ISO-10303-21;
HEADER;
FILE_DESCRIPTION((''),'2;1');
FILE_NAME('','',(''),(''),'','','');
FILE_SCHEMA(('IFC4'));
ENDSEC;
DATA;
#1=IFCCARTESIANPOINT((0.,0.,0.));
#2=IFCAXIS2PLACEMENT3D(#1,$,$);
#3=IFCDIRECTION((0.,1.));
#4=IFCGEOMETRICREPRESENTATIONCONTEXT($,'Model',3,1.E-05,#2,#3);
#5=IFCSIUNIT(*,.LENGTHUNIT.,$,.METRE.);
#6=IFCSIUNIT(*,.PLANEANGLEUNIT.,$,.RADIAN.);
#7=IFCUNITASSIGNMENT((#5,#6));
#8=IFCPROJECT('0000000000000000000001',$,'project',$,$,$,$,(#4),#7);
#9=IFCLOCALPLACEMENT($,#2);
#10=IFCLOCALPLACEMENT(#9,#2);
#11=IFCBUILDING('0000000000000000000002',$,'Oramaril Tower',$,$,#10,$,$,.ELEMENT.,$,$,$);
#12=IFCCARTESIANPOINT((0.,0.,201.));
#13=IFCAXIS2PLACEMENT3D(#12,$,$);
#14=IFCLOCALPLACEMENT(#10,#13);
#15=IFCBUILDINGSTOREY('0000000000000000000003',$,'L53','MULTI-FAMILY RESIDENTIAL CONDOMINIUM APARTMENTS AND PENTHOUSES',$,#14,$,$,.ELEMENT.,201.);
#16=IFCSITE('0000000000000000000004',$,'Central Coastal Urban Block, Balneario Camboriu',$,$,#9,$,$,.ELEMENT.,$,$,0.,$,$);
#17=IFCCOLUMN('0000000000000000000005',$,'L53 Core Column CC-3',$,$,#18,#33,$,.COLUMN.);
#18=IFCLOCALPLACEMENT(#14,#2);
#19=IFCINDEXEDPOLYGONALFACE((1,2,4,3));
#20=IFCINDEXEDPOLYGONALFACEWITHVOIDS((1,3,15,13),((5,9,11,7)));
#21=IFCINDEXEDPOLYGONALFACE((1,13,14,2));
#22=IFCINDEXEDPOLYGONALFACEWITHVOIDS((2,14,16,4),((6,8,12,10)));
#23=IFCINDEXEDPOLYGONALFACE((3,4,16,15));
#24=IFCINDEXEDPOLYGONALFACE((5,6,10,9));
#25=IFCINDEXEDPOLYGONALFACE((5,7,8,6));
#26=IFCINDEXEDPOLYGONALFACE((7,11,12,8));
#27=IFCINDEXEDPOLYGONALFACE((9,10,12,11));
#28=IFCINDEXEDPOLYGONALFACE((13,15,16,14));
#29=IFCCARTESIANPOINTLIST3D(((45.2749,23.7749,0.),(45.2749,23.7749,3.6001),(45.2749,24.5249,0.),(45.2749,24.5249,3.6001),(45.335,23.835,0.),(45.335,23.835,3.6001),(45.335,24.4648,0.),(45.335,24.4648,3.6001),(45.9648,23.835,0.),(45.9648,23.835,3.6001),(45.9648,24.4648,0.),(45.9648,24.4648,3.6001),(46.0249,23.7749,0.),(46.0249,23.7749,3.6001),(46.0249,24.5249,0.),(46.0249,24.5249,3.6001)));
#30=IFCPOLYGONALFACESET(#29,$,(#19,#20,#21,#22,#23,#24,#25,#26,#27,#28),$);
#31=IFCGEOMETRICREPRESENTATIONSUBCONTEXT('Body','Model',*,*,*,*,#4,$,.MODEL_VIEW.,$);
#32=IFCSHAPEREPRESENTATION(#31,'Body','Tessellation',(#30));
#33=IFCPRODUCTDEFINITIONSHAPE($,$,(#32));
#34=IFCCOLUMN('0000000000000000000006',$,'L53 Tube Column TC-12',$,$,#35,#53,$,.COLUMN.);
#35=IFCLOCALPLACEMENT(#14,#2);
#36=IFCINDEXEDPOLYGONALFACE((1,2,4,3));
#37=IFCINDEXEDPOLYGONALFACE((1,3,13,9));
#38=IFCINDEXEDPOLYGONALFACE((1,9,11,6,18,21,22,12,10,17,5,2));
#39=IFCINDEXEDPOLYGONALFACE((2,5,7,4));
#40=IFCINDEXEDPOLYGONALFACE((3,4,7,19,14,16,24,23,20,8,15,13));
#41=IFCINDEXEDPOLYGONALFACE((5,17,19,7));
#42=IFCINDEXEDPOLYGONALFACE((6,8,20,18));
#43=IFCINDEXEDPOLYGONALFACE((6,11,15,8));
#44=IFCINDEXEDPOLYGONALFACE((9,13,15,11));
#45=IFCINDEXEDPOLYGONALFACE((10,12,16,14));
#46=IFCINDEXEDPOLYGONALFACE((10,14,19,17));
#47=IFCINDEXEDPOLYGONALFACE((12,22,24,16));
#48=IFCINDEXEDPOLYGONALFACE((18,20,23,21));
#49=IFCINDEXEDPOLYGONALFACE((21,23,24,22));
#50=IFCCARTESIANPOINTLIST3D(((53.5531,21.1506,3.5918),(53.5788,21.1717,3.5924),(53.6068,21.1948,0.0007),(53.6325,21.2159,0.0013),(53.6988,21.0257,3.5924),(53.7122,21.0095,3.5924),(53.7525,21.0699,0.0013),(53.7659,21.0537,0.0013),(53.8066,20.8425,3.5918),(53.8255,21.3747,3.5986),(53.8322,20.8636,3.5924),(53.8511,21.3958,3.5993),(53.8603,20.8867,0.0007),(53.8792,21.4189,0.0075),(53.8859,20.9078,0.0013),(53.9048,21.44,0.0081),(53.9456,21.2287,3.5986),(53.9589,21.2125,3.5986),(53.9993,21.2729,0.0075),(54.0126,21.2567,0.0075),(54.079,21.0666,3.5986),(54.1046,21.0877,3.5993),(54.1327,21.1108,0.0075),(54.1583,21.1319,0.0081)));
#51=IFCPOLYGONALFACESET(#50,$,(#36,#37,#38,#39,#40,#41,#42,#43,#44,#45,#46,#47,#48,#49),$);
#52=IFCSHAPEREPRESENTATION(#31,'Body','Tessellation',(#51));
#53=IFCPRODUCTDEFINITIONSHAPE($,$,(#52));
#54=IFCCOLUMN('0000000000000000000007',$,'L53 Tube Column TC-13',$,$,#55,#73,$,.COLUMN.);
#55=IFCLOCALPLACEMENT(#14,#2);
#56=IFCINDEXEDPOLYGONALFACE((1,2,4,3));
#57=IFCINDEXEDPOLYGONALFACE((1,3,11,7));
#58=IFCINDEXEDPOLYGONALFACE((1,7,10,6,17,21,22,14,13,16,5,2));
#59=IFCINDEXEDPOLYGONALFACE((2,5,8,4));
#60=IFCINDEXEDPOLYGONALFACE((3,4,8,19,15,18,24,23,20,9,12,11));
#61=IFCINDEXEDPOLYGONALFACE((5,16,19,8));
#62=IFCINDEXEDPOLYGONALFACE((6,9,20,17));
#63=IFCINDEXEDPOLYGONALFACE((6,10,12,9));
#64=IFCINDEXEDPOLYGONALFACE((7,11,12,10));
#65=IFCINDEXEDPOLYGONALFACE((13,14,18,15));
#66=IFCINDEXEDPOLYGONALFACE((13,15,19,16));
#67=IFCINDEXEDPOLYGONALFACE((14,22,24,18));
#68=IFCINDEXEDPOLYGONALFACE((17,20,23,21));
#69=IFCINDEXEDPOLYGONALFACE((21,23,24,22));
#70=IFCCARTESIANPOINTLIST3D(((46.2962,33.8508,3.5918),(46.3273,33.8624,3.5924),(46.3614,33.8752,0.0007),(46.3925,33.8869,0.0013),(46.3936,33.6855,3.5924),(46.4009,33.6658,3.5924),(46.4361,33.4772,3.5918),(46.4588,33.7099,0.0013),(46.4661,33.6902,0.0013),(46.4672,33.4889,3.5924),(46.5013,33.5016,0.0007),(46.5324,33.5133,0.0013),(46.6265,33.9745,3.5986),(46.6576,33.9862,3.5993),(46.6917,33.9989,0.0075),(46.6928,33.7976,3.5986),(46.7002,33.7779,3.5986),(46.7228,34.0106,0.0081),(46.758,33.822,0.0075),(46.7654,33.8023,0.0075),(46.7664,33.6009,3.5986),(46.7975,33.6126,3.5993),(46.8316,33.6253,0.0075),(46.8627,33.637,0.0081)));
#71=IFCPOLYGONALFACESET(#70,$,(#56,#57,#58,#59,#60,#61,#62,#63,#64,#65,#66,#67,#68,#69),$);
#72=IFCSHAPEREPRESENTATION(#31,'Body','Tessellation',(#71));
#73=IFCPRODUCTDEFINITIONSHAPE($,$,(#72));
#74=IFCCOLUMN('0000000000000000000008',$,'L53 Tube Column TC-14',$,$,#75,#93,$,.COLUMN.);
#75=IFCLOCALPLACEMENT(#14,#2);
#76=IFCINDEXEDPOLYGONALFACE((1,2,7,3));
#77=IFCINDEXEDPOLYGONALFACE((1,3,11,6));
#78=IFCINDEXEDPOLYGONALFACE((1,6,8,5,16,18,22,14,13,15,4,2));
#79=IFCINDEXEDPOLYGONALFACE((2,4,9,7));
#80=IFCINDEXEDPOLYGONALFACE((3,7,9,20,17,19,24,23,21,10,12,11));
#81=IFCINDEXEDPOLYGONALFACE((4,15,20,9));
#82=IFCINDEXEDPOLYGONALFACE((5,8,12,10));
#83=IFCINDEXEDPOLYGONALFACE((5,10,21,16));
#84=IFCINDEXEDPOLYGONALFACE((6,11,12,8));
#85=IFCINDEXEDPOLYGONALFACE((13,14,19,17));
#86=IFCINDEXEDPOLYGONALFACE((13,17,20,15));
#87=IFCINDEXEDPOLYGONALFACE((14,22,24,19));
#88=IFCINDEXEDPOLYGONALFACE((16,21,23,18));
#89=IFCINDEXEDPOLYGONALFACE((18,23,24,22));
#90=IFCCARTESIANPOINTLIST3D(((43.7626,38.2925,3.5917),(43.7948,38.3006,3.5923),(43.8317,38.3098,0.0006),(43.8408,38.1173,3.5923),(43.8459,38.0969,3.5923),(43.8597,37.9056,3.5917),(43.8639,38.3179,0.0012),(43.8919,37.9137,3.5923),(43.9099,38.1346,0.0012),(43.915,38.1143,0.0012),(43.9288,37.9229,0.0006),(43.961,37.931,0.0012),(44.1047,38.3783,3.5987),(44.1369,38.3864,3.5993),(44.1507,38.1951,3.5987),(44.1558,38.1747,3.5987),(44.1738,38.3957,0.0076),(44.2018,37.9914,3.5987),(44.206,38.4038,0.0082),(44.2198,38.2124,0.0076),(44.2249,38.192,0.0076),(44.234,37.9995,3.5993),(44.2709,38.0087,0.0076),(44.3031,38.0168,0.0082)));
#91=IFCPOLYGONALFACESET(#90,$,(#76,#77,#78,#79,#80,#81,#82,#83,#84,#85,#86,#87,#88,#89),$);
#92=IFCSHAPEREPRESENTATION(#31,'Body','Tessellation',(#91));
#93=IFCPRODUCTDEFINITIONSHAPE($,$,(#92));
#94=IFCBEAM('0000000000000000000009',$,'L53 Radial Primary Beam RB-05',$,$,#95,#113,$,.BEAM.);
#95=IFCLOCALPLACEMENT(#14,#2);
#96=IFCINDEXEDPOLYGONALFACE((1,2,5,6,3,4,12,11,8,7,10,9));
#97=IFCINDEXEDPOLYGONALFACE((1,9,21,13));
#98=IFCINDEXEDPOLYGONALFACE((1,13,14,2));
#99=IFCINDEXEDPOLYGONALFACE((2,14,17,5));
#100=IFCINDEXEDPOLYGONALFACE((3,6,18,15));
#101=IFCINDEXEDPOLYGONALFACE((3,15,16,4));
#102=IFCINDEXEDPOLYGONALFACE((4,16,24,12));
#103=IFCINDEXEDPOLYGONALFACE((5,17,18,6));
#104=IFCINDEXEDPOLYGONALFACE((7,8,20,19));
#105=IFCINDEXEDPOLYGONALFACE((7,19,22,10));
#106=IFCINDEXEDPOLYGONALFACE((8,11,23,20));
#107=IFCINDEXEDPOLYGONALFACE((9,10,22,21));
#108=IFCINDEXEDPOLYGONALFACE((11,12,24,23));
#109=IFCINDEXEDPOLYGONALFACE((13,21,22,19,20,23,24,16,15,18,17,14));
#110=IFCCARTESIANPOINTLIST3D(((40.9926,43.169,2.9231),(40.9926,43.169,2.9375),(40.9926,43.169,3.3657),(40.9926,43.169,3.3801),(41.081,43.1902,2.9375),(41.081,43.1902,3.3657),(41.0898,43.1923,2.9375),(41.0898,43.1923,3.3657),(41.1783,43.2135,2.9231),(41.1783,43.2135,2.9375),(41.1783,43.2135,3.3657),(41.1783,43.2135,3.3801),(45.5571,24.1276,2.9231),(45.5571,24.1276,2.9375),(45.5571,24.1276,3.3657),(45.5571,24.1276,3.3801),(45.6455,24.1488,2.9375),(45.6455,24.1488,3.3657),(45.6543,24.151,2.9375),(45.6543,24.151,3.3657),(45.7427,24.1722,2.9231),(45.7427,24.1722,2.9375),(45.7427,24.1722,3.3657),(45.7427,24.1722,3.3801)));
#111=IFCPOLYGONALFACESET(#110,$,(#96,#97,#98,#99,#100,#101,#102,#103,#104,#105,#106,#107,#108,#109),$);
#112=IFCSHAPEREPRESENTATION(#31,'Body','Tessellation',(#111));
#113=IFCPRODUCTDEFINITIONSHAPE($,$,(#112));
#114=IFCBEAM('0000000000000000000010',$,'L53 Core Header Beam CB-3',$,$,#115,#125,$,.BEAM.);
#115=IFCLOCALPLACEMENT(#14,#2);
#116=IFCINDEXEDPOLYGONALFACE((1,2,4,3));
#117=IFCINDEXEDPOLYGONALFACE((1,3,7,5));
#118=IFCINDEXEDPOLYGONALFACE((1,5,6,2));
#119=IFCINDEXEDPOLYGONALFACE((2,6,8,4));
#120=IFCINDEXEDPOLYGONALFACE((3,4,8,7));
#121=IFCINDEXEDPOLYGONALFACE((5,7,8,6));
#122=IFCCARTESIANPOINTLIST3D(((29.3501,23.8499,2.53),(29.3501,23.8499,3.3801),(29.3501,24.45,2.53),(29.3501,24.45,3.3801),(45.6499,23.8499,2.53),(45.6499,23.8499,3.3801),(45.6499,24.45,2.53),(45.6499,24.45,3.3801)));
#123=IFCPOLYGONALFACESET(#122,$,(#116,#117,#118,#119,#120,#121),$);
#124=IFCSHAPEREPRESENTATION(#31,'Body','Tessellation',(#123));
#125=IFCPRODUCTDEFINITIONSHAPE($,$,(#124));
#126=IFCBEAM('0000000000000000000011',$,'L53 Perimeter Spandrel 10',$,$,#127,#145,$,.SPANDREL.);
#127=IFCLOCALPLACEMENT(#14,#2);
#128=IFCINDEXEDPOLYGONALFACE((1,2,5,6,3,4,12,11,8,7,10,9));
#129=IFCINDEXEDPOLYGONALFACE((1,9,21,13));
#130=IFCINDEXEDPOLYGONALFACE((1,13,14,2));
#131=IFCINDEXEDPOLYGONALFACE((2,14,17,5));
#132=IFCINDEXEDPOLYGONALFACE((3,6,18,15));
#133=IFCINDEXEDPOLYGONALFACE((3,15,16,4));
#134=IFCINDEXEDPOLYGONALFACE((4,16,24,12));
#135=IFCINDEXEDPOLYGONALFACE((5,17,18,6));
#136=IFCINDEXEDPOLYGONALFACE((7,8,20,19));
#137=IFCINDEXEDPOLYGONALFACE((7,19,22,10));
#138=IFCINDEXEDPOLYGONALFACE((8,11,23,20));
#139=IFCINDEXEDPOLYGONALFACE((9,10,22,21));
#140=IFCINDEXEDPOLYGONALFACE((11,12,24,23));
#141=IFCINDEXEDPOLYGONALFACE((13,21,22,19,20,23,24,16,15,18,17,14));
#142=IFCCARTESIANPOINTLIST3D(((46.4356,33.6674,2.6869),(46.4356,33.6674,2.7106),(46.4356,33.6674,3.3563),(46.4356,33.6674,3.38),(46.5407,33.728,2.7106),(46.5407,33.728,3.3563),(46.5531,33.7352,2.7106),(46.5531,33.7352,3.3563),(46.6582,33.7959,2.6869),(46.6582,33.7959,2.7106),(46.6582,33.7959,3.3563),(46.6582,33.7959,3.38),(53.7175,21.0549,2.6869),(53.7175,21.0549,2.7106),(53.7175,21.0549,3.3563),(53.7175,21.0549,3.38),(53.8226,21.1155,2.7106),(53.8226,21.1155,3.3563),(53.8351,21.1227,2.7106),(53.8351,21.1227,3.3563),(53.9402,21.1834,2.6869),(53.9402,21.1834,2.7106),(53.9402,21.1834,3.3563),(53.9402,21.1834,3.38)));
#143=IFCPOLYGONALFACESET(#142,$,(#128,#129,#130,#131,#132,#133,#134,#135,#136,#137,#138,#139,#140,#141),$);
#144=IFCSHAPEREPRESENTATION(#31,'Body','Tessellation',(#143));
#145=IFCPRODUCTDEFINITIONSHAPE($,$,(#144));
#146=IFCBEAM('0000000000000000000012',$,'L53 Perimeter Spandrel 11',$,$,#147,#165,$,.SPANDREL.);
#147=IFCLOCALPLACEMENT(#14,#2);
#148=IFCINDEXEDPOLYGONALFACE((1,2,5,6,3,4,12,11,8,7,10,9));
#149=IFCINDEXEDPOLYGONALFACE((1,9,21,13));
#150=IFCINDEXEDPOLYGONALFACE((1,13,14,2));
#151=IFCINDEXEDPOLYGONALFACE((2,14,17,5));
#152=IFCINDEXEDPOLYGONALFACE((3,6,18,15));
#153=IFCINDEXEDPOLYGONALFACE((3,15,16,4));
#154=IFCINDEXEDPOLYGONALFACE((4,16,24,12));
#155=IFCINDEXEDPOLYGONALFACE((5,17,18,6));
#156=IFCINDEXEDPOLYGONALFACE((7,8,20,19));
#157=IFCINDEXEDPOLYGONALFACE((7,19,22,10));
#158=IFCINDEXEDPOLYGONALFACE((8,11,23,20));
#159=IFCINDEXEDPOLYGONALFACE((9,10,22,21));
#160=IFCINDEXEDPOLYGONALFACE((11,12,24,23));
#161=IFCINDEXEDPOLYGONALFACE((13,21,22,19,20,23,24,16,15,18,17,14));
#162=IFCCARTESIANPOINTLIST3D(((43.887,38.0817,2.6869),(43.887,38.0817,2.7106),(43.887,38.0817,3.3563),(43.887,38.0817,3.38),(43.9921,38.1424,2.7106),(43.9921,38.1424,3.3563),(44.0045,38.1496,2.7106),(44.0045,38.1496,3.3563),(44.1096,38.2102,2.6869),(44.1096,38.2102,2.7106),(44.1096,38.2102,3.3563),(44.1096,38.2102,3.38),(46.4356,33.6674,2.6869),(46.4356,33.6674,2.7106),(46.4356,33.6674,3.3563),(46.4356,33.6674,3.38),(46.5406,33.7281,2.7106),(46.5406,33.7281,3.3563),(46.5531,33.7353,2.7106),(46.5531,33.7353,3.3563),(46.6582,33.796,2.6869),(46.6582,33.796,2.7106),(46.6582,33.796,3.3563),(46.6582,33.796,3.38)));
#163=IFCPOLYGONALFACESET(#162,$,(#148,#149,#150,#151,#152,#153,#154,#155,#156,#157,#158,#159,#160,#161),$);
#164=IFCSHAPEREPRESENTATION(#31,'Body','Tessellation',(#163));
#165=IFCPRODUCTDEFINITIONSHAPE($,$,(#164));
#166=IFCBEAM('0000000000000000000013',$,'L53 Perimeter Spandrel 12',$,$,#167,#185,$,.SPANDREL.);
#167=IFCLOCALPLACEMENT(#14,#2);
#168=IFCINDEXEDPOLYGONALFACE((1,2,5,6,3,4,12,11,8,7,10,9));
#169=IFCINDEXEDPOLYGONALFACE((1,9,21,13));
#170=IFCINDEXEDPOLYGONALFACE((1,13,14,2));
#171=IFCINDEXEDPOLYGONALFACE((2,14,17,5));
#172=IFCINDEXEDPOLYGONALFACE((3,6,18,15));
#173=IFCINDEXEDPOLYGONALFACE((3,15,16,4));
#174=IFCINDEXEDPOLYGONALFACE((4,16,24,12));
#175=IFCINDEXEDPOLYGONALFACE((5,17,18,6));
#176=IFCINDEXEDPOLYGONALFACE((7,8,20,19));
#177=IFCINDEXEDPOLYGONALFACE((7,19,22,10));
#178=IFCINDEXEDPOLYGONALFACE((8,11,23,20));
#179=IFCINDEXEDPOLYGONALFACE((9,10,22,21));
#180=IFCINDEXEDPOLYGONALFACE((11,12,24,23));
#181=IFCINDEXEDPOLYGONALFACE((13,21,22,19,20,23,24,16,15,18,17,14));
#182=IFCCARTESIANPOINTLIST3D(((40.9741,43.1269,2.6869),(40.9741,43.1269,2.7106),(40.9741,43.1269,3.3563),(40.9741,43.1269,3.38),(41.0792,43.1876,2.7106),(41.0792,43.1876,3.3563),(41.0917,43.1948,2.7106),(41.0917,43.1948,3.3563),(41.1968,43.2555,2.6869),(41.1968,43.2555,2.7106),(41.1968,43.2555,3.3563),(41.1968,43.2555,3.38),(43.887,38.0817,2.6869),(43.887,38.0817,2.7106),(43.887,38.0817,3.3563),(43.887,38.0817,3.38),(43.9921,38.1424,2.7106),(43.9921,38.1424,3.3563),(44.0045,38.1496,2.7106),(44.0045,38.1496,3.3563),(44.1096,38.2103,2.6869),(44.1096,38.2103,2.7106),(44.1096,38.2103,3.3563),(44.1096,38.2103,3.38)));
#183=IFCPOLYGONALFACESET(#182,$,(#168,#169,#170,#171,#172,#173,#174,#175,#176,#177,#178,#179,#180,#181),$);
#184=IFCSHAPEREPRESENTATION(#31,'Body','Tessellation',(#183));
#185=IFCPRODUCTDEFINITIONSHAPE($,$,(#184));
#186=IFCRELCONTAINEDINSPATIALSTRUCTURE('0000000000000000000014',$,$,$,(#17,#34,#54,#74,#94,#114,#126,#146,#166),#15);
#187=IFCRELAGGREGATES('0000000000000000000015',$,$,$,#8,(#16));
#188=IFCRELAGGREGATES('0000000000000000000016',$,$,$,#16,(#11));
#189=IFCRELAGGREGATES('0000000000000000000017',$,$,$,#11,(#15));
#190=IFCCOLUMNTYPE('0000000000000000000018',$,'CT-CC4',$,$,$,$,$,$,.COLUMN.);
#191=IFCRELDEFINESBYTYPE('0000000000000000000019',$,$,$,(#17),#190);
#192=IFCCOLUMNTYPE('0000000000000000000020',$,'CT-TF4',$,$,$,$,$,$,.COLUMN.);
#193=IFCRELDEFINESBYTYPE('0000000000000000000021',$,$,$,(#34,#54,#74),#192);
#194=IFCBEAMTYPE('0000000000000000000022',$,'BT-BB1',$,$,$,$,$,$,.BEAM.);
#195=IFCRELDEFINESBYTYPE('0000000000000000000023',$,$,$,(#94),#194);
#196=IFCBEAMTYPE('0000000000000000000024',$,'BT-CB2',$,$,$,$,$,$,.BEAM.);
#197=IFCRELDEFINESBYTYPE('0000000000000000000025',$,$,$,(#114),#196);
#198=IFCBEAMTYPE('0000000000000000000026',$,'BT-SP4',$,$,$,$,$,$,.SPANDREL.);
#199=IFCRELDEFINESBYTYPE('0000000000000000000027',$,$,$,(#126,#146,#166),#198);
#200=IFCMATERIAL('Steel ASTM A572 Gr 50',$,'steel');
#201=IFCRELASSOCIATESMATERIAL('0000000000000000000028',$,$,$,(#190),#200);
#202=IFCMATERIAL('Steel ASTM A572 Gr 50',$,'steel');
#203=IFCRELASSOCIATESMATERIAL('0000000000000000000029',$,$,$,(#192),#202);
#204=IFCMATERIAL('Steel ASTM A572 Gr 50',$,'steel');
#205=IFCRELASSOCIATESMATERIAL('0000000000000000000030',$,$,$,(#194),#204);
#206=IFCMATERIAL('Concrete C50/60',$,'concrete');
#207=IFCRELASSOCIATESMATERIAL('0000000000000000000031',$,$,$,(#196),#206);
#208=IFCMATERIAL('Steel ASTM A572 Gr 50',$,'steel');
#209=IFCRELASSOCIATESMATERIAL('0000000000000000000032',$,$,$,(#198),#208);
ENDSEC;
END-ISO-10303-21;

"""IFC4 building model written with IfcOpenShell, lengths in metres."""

from ifc_helpers import new_model, si_unit, direction, frame, origin, origin_2d, place, context, subcontext, project, spatial, rectangle, hollow_rectangle, i_section, extrude, material, material_profile, profile_set, type_object, element, save


model = new_model("IFC4")

# Units and contexts
model_context = context("Model", 3, precision=1e-05, world=origin(), true_north=direction((0.0, 1.0)))
body_context = subcontext(model_context, "Body", "Model", "MODEL_VIEW")
ifc_project = project(units=[si_unit("LENGTHUNIT", "METRE"), si_unit("PLANEANGLEUNIT", "RADIAN")], contexts=[model_context])

# Site, building, storey
site_placement = place(None, origin())
site = spatial("IfcSite", under=ifc_project, at=site_placement, Name="Central Coastal Urban Block, Balneario Camboriu", CompositionType="ELEMENT", RefElevation=0.0)
building_placement = place(site_placement, origin())
building = spatial("IfcBuilding", under=site, at=building_placement, Name="Oramaril Tower", CompositionType="ELEMENT")
storey_placement = place(building_placement, frame((0.0, 0.0, 201.0)))
storey = spatial("IfcBuildingStorey", under=building, at=storey_placement, Name="L53", Description="MULTI-FAMILY RESIDENTIAL CONDOMINIUM APARTMENTS AND PENTHOUSES", CompositionType="ELEMENT", Elevation=201.0)

# Columns
ifc_material_1 = material(Name="Steel ASTM A572 Gr 50", Category="steel")
ifc_material_profile_1 = material_profile(ifc_material_1, hollow_rectangle(XDim=0.75, YDim=0.75, WallThickness=0.0601, at=origin_2d()), Name="BOX750X750X60")
ifc_profile_set_1 = profile_set([ifc_material_profile_1], Name="Steel ASTM A572 Gr 50")
column_type_1 = type_object("IfcColumnType", Name="CT-CC4", PredefinedType="COLUMN", material=ifc_profile_set_1)
column_placement = place(storey_placement, frame((45.6499, 24.1499, 0.0), z_axis=(0.0, 0.0, 1.0), x_axis=(1.0, 0.0, 0.0)))
element("IfcColumn", 1, at=column_placement, inside=storey, type_object=column_type_1, Name="L53 Core Column CC-3", PredefinedType="COLUMN", context=body_context, shape_type="SweptSolid", body=[
    extrude(hollow_rectangle(XDim=0.75, YDim=0.75, WallThickness=0.0601, at=origin_2d()), origin(), (0.0, 0.0, 1.0), 3.6001),
])
ifc_material_2 = material(Name="Steel ASTM A572 Gr 50", Category="steel")
ifc_material_profile_2 = material_profile(ifc_material_2, i_section(OverallWidth=0.3989, OverallDepth=0.386, WebThickness=0.021, FlangeThickness=0.0332, at=origin_2d()), Name="W14X176")
ifc_profile_set_2 = profile_set([ifc_material_profile_2], Name="Steel ASTM A572 Gr 50")
column_type_2 = type_object("IfcColumnType", Name="CT-TF4", PredefinedType="COLUMN", material=ifc_profile_set_2)
for number, where, z_axis, x_axis, name in (
    (2, (53.8826, 21.1633, 0.0044), (-0.014954, -0.012303, 0.999812), (0.635338, -0.772234, 0.0), "L53 Tube Column TC-12"),
    (3, (46.6121, 33.7561, 0.0044), (-0.018149, -0.006797, 0.999812), (0.350739, -0.936473, 0.0), "L53 Tube Column TC-13"),
    (4, (44.0674, 38.1633, 0.0044), (-0.019236, -0.004826, 0.999803), (0.243342, -0.969941, 0.0), "L53 Tube Column TC-14"),
):
    element("IfcColumn", number, at=place(storey_placement, frame(where, z_axis=z_axis, x_axis=x_axis)), inside=storey, type_object=column_type_2, Name=name, PredefinedType="COLUMN", context=body_context, shape_type="SweptSolid", body=[
        extrude(i_section(OverallWidth=0.3989, OverallDepth=0.386, WebThickness=0.021, FlangeThickness=0.0332, at=origin_2d()), origin(), (0.0, 0.0, 1.0), 3.5918),
    ])

# Beams
ifc_material_3 = material(Name="Steel ASTM A572 Gr 50", Category="steel")
ifc_material_profile_3 = material_profile(ifc_material_3, i_section(OverallWidth=0.1909, OverallDepth=0.457, WebThickness=0.009, FlangeThickness=0.0144, at=origin_2d()), Name="W18X50")
ifc_profile_set_3 = profile_set([ifc_material_profile_3], Name="Steel ASTM A572 Gr 50")
beam_type_1 = type_object("IfcBeamType", Name="BT-BB1", PredefinedType="BEAM", material=ifc_profile_set_3)
beam_1_placement = place(storey_placement, frame((45.6499, 24.1499, 3.1516), z_axis=(-0.23311, 0.97245, 0.0), x_axis=(-0.97245, -0.23311, 0.0)))
element("IfcBeam", 5, at=beam_1_placement, inside=storey, type_object=beam_type_1, Name="L53 Radial Primary Beam RB-05", PredefinedType="BEAM", context=body_context, shape_type="SweptSolid", body=[
    extrude(i_section(OverallWidth=0.1909, OverallDepth=0.457, WebThickness=0.009, FlangeThickness=0.0144, at=origin_2d()), origin(), (0.0, 0.0, 1.0), 19.5808),
])
ifc_material_4 = material(Name="Concrete C50/60", Category="concrete")
ifc_material_profile_4 = material_profile(ifc_material_4, rectangle(XDim=0.6001, YDim=0.8501, at=origin_2d()), Name="CB600X850")
ifc_profile_set_4 = profile_set([ifc_material_profile_4], Name="Concrete C50/60")
beam_type_2 = type_object("IfcBeamType", Name="BT-CB2", PredefinedType="BEAM", material=ifc_profile_set_4)
beam_2_placement = place(storey_placement, frame((45.6499, 24.1499, 2.9551), z_axis=(-1.0, 0.0, 0.0), x_axis=(0.0, -1.0, 0.0)))
element("IfcBeam", 6, at=beam_2_placement, inside=storey, type_object=beam_type_2, Name="L53 Core Header Beam CB-3", PredefinedType="BEAM", context=body_context, shape_type="SweptSolid", body=[
    extrude(rectangle(XDim=0.6001, YDim=0.8501, at=origin_2d()), origin(), (0.0, 0.0, 1.0), 16.2998),
])
ifc_material_5 = material(Name="Steel ASTM A572 Gr 50", Category="steel")
ifc_material_profile_5 = material_profile(ifc_material_5, i_section(OverallWidth=0.2571, OverallDepth=0.6931, WebThickness=0.0144, FlangeThickness=0.0237, at=origin_2d()), Name="W27X114")
ifc_profile_set_5 = profile_set([ifc_material_profile_5], Name="Steel ASTM A572 Gr 50")
beam_type_3 = type_object("IfcBeamType", Name="BT-SP4", PredefinedType="SPANDREL", material=ifc_profile_set_5)
beam_3_placement = place(storey_placement, frame((53.8289, 21.1191, 3.0334), z_axis=(-0.500006, 0.866022, 0.0), x_axis=(-0.866022, -0.500006, 0.0)))
element("IfcBeam", 7, at=beam_3_placement, inside=storey, type_object=beam_type_3, Name="L53 Perimeter Spandrel 10", PredefinedType="SPANDREL", context=body_context, shape_type="SweptSolid", body=[
    extrude(i_section(OverallWidth=0.2571, OverallDepth=0.6931, WebThickness=0.0144, FlangeThickness=0.0237, at=origin_2d()), origin(), (0.0, 0.0, 1.0), 14.5637),
])
beam_4_placement = place(storey_placement, frame((46.5469, 33.7317, 3.0334), z_axis=(-0.499997, 0.866027, 0.0), x_axis=(-0.866027, -0.499997, 0.0)))
element("IfcBeam", 8, at=beam_4_placement, inside=storey, type_object=beam_type_3, Name="L53 Perimeter Spandrel 11", PredefinedType="SPANDREL", context=body_context, shape_type="SweptSolid", body=[
    extrude(i_section(OverallWidth=0.2571, OverallDepth=0.6931, WebThickness=0.0144, FlangeThickness=0.0237, at=origin_2d()), origin(), (0.0, 0.0, 1.0), 5.0972),
])
beam_5_placement = place(storey_placement, frame((43.9983, 38.146, 3.0334), z_axis=(-0.500002, 0.866024, 0.0), x_axis=(-0.866024, -0.500002, 0.0)))
element("IfcBeam", 9, at=beam_5_placement, inside=storey, type_object=beam_type_3, Name="L53 Perimeter Spandrel 12", PredefinedType="SPANDREL", context=body_context, shape_type="SweptSolid", body=[
    extrude(i_section(OverallWidth=0.2571, OverallDepth=0.6931, WebThickness=0.0144, FlangeThickness=0.0237, at=origin_2d()), origin(), (0.0, 0.0, 1.0), 5.8257),
])

save(model, "model.ifc")
